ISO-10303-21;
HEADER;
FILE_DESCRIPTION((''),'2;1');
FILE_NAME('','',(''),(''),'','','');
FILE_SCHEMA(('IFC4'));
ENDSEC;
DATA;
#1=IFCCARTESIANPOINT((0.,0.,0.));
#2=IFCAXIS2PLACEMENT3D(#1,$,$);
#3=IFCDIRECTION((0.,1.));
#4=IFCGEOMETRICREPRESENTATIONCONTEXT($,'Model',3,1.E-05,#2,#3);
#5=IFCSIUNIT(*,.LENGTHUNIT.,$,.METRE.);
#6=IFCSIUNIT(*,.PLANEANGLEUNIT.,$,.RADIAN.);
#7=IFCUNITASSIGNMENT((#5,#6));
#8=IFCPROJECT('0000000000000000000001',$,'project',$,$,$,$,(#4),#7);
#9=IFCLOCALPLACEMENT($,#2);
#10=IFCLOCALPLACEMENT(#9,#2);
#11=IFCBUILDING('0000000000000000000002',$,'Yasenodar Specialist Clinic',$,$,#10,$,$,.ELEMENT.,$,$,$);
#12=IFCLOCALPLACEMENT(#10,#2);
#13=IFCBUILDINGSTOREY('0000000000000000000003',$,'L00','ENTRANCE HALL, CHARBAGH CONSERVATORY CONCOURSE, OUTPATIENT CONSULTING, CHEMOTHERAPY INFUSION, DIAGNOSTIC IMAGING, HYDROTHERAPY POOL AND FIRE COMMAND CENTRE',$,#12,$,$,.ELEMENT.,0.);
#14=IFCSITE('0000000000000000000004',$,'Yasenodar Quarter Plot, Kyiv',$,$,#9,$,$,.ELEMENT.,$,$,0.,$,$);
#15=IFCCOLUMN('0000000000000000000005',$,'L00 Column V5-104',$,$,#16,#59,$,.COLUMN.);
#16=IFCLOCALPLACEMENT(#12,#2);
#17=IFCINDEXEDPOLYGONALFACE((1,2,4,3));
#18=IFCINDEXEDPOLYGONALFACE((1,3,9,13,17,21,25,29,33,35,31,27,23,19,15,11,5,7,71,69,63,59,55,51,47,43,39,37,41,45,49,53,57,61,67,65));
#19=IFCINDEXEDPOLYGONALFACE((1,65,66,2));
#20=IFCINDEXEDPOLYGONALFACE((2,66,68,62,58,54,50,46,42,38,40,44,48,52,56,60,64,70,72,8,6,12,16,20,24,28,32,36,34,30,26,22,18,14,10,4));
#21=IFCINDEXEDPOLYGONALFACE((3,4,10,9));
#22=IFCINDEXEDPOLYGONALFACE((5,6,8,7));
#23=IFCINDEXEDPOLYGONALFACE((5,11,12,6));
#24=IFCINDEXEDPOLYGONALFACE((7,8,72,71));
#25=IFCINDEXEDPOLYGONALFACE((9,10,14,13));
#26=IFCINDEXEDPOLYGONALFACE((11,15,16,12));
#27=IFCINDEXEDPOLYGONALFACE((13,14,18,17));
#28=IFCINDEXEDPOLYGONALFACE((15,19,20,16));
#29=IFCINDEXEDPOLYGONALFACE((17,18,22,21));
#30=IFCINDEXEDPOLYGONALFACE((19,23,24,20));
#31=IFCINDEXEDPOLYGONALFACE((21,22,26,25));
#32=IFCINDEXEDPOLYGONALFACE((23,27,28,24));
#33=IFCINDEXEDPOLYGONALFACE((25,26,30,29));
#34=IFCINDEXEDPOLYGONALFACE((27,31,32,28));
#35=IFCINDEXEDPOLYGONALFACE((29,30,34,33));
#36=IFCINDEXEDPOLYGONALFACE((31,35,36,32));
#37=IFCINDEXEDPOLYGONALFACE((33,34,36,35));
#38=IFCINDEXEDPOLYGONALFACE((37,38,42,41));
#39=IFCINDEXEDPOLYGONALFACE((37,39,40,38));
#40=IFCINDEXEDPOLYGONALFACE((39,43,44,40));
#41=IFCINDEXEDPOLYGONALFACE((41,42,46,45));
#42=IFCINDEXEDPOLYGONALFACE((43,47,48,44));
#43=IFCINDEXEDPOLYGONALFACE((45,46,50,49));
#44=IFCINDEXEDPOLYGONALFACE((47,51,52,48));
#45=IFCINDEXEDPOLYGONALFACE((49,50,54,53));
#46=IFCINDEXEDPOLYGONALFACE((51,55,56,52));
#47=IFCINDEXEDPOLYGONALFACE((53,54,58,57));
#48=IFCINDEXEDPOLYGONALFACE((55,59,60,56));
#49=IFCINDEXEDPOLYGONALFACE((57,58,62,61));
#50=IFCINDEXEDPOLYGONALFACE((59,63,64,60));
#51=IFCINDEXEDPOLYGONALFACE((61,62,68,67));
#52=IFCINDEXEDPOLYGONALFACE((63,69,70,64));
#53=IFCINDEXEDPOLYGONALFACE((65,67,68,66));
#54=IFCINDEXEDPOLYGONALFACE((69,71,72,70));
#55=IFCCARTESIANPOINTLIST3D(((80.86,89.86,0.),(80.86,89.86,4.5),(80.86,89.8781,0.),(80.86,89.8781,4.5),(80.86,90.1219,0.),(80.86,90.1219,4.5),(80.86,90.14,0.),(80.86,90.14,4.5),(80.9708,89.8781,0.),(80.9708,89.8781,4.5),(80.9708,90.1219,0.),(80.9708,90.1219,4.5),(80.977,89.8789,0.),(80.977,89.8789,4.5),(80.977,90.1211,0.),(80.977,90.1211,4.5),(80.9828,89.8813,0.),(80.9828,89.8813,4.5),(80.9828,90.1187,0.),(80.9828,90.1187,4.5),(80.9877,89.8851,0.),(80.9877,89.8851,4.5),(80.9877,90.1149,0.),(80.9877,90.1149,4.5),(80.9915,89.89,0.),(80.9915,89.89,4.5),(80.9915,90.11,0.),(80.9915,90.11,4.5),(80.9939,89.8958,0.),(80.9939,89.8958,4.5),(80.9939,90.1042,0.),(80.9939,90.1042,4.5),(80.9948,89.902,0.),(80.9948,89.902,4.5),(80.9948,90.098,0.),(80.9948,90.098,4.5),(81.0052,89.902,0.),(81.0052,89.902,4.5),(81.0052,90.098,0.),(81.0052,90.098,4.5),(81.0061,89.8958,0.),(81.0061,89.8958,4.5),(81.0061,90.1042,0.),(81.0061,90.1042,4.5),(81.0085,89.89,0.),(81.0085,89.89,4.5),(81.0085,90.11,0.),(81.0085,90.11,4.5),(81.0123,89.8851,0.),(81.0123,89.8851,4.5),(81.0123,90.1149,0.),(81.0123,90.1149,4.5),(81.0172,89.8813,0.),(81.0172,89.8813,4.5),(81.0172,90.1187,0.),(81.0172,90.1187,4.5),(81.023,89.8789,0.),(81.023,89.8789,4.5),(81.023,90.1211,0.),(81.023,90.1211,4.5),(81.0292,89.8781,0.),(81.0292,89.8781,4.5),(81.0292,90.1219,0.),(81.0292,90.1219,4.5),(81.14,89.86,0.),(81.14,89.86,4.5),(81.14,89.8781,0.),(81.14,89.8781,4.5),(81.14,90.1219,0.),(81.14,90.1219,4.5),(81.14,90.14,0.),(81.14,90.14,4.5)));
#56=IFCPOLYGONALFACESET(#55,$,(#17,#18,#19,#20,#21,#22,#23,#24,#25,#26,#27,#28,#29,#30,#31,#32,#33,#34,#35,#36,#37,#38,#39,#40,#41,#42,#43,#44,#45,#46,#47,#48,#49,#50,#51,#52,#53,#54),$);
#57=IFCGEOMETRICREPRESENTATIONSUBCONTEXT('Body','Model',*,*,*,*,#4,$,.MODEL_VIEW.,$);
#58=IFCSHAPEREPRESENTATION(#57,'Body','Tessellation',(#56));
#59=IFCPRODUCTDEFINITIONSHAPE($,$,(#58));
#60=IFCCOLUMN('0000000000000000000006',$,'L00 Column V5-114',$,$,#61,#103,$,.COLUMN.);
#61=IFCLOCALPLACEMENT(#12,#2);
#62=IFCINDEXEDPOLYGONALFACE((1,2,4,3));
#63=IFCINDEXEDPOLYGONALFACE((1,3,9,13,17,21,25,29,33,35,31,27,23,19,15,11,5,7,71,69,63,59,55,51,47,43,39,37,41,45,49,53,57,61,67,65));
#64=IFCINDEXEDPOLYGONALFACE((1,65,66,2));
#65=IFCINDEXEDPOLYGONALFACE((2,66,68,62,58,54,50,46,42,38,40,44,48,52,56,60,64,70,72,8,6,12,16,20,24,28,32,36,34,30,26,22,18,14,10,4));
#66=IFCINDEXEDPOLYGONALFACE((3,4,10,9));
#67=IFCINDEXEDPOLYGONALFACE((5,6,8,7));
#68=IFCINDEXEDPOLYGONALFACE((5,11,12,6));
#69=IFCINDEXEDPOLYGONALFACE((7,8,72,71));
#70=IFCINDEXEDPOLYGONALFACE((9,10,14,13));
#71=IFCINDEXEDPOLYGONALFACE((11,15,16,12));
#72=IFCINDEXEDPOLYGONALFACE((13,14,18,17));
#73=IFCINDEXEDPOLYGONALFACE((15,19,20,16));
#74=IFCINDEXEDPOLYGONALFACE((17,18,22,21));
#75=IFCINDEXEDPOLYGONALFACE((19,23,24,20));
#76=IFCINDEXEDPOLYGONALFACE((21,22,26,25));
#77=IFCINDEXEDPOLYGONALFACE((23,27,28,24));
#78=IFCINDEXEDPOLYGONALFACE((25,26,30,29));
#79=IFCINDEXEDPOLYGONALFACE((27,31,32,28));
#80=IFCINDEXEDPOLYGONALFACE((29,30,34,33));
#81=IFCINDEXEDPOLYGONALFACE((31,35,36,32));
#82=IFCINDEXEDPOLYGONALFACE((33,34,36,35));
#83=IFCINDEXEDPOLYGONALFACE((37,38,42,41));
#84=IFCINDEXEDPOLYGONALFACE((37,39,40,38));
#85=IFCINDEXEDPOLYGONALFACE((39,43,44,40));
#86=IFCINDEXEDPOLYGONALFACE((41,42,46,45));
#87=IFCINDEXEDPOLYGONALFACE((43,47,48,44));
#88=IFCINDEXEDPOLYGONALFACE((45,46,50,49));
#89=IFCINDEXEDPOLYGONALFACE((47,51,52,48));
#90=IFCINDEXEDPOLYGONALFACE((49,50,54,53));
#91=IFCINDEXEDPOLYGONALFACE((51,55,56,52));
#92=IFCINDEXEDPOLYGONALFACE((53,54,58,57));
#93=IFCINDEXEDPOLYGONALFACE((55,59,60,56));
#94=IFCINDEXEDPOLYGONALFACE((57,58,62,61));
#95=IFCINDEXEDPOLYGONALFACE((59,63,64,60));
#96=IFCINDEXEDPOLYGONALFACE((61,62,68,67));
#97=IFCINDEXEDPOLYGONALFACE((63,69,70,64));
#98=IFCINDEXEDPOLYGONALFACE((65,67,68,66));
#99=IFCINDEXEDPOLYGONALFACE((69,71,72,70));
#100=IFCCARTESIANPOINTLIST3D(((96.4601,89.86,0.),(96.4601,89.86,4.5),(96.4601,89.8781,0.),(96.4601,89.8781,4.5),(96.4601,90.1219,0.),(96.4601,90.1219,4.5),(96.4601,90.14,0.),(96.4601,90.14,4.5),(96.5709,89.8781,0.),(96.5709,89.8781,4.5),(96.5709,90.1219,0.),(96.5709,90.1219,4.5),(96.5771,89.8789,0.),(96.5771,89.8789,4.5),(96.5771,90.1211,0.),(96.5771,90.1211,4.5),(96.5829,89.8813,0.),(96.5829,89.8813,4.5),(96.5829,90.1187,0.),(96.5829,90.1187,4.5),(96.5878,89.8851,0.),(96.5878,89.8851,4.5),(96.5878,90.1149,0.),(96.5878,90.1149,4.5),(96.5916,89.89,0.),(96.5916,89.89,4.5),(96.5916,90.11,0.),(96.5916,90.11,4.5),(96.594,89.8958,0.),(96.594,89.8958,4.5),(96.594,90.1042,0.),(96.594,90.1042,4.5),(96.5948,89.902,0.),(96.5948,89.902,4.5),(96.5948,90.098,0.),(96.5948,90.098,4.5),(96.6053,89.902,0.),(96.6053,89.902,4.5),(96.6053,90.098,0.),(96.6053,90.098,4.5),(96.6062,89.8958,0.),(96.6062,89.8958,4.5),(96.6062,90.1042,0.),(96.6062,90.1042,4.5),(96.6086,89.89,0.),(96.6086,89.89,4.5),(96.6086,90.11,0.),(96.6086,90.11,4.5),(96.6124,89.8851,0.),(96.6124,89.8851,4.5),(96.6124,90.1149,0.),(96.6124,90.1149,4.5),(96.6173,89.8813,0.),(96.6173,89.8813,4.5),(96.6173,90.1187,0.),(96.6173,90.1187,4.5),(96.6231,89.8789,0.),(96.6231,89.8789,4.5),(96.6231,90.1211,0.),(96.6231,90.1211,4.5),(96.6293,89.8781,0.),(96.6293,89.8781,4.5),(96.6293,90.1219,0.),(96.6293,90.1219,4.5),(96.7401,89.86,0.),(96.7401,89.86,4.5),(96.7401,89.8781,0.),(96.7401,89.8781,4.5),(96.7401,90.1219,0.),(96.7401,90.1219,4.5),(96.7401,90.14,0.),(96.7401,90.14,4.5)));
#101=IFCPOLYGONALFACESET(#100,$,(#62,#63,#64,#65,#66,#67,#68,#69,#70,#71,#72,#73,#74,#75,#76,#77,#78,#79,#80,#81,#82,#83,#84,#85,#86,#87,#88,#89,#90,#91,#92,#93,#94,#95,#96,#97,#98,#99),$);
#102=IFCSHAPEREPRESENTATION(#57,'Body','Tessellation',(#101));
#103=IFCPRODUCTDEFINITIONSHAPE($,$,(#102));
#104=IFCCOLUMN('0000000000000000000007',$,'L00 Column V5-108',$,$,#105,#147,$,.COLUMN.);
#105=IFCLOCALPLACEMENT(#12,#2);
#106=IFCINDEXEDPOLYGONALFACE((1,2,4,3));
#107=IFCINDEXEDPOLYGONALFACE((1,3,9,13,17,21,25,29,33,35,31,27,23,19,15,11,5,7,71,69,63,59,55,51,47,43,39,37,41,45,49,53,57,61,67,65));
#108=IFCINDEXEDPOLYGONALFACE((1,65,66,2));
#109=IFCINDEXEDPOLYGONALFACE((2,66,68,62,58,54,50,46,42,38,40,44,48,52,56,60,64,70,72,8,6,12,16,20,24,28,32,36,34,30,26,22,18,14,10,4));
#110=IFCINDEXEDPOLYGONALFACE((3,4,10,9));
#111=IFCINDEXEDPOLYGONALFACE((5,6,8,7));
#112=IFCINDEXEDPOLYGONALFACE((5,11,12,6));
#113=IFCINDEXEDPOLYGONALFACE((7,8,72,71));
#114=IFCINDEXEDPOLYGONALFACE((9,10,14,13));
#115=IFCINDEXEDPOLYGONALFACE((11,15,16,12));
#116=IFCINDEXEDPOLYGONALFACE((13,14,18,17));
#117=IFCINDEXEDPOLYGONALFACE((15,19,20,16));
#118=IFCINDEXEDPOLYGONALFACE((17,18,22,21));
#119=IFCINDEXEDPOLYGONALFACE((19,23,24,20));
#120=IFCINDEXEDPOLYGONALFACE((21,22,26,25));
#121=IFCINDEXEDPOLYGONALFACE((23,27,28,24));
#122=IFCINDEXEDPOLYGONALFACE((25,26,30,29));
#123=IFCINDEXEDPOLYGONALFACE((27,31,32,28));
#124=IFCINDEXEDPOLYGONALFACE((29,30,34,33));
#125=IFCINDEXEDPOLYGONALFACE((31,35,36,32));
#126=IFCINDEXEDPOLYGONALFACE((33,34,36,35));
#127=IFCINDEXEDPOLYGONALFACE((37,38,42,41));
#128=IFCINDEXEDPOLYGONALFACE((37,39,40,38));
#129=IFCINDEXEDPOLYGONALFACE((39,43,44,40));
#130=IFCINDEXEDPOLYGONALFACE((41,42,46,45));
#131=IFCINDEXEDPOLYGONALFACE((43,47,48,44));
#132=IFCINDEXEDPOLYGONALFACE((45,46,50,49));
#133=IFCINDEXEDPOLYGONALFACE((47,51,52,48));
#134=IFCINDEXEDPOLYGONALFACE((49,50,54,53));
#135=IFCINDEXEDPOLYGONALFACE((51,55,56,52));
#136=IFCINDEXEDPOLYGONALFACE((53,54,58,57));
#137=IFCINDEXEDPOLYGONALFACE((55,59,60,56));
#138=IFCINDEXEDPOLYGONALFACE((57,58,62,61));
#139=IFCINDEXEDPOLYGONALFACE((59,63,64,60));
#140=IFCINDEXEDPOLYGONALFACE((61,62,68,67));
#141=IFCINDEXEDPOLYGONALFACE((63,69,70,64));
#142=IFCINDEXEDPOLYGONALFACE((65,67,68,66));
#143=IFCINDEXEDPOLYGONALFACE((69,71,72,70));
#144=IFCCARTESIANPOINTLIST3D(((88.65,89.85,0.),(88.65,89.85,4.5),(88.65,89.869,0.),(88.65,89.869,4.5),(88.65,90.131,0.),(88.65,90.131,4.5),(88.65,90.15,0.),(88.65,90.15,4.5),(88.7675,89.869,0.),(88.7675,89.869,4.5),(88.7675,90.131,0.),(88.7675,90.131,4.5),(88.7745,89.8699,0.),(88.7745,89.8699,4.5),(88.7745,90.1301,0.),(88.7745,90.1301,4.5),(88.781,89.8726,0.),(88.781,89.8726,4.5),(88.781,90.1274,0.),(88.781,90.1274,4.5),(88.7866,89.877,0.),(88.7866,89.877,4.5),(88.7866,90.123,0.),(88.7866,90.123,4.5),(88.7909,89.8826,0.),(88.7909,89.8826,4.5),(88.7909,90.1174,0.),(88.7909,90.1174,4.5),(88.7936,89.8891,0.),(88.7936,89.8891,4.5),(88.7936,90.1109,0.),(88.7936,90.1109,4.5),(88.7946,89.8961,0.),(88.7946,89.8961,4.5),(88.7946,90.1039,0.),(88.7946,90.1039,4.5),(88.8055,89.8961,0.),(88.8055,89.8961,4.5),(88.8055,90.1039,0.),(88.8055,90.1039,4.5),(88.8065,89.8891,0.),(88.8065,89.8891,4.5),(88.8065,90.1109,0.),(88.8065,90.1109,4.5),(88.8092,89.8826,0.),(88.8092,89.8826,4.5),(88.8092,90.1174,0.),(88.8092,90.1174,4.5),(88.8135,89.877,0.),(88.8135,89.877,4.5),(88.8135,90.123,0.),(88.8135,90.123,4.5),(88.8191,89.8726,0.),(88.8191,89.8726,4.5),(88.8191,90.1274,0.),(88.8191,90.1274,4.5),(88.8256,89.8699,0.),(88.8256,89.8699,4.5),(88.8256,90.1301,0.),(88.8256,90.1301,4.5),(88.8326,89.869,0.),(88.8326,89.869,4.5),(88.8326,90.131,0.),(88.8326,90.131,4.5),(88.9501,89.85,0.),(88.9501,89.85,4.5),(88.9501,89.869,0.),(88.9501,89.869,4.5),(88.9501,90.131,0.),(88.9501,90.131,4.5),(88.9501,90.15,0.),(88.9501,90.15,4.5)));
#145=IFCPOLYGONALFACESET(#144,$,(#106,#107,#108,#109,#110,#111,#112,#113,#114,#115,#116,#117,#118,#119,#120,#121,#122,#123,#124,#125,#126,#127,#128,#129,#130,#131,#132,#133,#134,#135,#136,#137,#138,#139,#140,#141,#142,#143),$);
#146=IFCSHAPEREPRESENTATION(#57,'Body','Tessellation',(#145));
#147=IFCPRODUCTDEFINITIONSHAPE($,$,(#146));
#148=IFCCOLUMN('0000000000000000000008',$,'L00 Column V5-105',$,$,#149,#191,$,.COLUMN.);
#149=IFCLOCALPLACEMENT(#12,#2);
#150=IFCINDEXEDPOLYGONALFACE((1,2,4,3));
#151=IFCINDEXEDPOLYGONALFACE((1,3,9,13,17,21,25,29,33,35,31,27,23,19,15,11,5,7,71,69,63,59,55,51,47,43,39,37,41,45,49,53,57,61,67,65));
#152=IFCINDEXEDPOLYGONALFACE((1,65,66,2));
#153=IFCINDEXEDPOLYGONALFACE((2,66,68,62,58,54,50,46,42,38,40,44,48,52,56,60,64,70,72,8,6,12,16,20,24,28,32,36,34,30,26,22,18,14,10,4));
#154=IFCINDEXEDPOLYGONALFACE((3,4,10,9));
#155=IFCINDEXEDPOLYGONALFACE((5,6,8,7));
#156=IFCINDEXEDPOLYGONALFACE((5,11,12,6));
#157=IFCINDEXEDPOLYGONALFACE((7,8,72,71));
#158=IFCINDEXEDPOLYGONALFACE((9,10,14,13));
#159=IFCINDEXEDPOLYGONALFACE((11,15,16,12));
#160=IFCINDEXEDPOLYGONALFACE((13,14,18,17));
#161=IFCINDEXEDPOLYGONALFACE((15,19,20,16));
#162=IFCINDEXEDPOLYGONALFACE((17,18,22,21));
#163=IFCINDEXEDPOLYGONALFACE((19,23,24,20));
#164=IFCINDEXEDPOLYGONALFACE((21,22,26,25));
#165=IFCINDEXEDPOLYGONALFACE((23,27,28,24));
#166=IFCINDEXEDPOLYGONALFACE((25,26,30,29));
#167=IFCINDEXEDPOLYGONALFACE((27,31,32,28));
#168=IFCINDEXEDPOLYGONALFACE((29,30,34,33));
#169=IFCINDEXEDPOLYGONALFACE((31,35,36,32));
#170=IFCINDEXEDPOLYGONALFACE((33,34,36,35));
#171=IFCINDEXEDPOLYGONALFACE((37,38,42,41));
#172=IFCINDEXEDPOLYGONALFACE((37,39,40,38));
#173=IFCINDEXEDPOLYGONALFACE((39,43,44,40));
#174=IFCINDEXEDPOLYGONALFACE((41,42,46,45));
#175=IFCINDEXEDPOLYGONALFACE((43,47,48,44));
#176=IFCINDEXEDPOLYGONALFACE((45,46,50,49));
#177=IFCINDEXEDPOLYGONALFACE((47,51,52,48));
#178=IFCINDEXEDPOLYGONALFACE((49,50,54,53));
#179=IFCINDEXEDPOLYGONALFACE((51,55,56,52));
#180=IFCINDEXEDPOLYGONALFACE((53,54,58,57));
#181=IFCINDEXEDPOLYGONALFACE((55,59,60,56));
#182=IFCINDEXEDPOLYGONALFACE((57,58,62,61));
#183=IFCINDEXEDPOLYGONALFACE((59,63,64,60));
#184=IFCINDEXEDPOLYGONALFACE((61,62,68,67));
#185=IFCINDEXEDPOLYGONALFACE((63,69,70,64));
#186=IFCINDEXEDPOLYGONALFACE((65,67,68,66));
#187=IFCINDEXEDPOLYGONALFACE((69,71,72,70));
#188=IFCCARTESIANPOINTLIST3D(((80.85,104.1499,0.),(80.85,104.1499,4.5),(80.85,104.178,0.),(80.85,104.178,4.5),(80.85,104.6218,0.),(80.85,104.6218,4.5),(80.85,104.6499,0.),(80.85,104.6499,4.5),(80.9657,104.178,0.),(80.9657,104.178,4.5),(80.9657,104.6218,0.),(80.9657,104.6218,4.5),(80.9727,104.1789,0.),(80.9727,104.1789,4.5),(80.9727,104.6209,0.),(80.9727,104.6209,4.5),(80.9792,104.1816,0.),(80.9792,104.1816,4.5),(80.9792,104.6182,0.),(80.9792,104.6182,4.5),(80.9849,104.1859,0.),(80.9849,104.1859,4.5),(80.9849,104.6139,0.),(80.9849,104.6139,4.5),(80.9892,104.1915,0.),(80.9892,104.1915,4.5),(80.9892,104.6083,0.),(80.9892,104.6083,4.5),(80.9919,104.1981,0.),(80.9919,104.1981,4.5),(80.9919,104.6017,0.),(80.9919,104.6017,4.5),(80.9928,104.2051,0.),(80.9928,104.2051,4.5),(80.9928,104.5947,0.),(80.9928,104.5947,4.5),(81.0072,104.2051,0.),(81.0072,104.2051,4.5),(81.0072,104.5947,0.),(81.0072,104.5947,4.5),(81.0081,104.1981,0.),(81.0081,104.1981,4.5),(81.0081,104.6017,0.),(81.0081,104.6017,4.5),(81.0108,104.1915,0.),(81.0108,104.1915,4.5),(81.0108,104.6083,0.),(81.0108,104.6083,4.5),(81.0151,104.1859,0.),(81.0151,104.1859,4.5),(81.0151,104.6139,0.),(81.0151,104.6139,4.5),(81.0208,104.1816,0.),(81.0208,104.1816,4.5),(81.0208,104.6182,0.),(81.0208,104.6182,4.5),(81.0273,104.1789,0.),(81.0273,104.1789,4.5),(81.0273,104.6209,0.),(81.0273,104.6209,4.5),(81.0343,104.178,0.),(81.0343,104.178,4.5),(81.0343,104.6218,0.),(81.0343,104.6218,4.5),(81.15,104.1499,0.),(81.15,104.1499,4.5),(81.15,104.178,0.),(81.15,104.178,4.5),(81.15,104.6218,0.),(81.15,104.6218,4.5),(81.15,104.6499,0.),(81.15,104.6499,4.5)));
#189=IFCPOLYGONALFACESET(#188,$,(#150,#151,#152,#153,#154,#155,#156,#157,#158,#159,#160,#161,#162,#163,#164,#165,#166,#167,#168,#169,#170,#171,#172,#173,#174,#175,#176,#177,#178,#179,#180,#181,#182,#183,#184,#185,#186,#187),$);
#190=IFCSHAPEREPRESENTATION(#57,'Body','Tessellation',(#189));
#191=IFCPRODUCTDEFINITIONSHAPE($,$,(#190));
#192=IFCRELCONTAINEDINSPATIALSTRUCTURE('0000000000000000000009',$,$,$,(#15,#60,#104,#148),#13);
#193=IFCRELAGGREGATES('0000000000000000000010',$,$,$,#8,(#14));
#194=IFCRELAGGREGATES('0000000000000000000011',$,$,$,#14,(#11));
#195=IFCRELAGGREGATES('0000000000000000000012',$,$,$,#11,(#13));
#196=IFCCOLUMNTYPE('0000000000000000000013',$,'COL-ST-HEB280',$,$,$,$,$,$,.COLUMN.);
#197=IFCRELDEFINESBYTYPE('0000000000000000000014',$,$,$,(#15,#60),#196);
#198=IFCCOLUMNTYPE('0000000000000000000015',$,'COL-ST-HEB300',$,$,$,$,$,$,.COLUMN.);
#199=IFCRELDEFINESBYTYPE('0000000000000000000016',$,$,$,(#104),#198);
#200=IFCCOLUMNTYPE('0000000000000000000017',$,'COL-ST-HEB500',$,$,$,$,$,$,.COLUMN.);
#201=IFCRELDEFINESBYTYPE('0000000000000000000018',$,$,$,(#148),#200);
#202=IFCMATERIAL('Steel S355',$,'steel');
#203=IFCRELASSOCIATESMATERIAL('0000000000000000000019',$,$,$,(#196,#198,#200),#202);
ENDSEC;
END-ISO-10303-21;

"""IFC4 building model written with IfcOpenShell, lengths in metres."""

from ifc_helpers import new_model, si_unit, direction, frame, origin, origin_2d, place, context, subcontext, project, spatial, i_section, extrude, material, material_profile, profile_set, type_object, element, save


model = new_model("IFC4")

# Units and contexts
model_context = context("Model", 3, precision=1e-05, world=origin(), true_north=direction((0.0, 1.0)))
body_context = subcontext(model_context, "Body", "Model", "MODEL_VIEW")
ifc_project = project(units=[si_unit("LENGTHUNIT", "METRE"), si_unit("PLANEANGLEUNIT", "RADIAN")], contexts=[model_context])

# Site, building, storey
site_placement = place(None, origin())
site = spatial("IfcSite", under=ifc_project, at=site_placement, Name="Yasenodar Quarter Plot, Kyiv", CompositionType="ELEMENT", RefElevation=0.0)
building_placement = place(site_placement, origin())
building = spatial("IfcBuilding", under=site, at=building_placement, Name="Yasenodar Specialist Clinic", CompositionType="ELEMENT")
storey_placement = place(building_placement, origin())
storey = spatial("IfcBuildingStorey", under=building, at=storey_placement, Name="L00", Description="ENTRANCE HALL, CHARBAGH CONSERVATORY CONCOURSE, OUTPATIENT CONSULTING, CHEMOTHERAPY INFUSION, DIAGNOSTIC IMAGING, HYDROTHERAPY POOL AND FIRE COMMAND CENTRE", CompositionType="ELEMENT", Elevation=0.0)

# Columns
ifc_material_1 = material(Name="Steel S355", Category="steel")
ifc_material_profile_1 = material_profile(ifc_material_1, i_section(OverallWidth=0.28, OverallDepth=0.28, WebThickness=0.0105, FlangeThickness=0.0181, FilletRadius=0.0239, at=origin_2d()), Name="HEB 280")
ifc_profile_set_1 = profile_set([ifc_material_profile_1], Name="Steel S355")
column_type_1 = type_object("IfcColumnType", Name="COL-ST-HEB280", PredefinedType="COLUMN", material=ifc_profile_set_1)
for number, where, z_axis, x_axis, name in (
    (1, (81.0, 90.0, 0.0), (0.0, 0.0, 1.0), (1.0, 0.0, 0.0), "L00 Column V5-104"),
    (2, (96.6001, 90.0, 0.0), (0.0, 0.0, 1.0), (1.0, 0.0, 0.0), "L00 Column V5-114"),
):
    element("IfcColumn", number, at=place(storey_placement, frame(where, z_axis=z_axis, x_axis=x_axis)), inside=storey, type_object=column_type_1, Name=name, PredefinedType="COLUMN", context=body_context, shape_type="SweptSolid", body=[
        extrude(i_section(OverallWidth=0.28, OverallDepth=0.28, WebThickness=0.0105, FlangeThickness=0.0181, FilletRadius=0.0239, at=origin_2d()), origin(), (0.0, 0.0, 1.0), 4.5),
    ])
ifc_material_profile_2 = material_profile(ifc_material_1, i_section(OverallWidth=0.3, OverallDepth=0.3, WebThickness=0.011, FlangeThickness=0.019, FilletRadius=0.0271, at=origin_2d()), Name="HEB 300")
ifc_profile_set_2 = profile_set([ifc_material_profile_2], Name="Steel S355")
column_type_2 = type_object("IfcColumnType", Name="COL-ST-HEB300", PredefinedType="COLUMN", material=ifc_profile_set_2)
column_placement = place(storey_placement, frame((88.8, 90.0, 0.0), z_axis=(0.0, 0.0, 1.0), x_axis=(1.0, 0.0, 0.0)))
element("IfcColumn", 3, at=column_placement, inside=storey, type_object=column_type_2, Name="L00 Column V5-108", PredefinedType="COLUMN", context=body_context, shape_type="SweptSolid", body=[
    extrude(i_section(OverallWidth=0.3, OverallDepth=0.3, WebThickness=0.011, FlangeThickness=0.019, FilletRadius=0.0271, at=origin_2d()), origin(), (0.0, 0.0, 1.0), 4.5),
])
ifc_material_profile_3 = material_profile(ifc_material_1, i_section(OverallWidth=0.3, OverallDepth=0.5, WebThickness=0.0144, FlangeThickness=0.0281, FilletRadius=0.0271, at=origin_2d()), Name="HEB 500")
ifc_profile_set_3 = profile_set([ifc_material_profile_3], Name="Steel S355")
column_type_3 = type_object("IfcColumnType", Name="COL-ST-HEB500", PredefinedType="COLUMN", material=ifc_profile_set_3)
for number, where, z_axis, x_axis, name in (
    (4, (81.0, 104.3999, 0.0), (0.0, 0.0, 1.0), (1.0, 0.0, 0.0), "L00 Column V5-105"),
):
    element("IfcColumn", number, at=place(storey_placement, frame(where, z_axis=z_axis, x_axis=x_axis)), inside=storey, type_object=column_type_3, Name=name, PredefinedType="COLUMN", context=body_context, shape_type="SweptSolid", body=[
        extrude(i_section(OverallWidth=0.3, OverallDepth=0.5, WebThickness=0.0144, FlangeThickness=0.0281, FilletRadius=0.0271, at=origin_2d()), origin(), (0.0, 0.0, 1.0), 4.5),
    ])

save(model, "model.ifc")
